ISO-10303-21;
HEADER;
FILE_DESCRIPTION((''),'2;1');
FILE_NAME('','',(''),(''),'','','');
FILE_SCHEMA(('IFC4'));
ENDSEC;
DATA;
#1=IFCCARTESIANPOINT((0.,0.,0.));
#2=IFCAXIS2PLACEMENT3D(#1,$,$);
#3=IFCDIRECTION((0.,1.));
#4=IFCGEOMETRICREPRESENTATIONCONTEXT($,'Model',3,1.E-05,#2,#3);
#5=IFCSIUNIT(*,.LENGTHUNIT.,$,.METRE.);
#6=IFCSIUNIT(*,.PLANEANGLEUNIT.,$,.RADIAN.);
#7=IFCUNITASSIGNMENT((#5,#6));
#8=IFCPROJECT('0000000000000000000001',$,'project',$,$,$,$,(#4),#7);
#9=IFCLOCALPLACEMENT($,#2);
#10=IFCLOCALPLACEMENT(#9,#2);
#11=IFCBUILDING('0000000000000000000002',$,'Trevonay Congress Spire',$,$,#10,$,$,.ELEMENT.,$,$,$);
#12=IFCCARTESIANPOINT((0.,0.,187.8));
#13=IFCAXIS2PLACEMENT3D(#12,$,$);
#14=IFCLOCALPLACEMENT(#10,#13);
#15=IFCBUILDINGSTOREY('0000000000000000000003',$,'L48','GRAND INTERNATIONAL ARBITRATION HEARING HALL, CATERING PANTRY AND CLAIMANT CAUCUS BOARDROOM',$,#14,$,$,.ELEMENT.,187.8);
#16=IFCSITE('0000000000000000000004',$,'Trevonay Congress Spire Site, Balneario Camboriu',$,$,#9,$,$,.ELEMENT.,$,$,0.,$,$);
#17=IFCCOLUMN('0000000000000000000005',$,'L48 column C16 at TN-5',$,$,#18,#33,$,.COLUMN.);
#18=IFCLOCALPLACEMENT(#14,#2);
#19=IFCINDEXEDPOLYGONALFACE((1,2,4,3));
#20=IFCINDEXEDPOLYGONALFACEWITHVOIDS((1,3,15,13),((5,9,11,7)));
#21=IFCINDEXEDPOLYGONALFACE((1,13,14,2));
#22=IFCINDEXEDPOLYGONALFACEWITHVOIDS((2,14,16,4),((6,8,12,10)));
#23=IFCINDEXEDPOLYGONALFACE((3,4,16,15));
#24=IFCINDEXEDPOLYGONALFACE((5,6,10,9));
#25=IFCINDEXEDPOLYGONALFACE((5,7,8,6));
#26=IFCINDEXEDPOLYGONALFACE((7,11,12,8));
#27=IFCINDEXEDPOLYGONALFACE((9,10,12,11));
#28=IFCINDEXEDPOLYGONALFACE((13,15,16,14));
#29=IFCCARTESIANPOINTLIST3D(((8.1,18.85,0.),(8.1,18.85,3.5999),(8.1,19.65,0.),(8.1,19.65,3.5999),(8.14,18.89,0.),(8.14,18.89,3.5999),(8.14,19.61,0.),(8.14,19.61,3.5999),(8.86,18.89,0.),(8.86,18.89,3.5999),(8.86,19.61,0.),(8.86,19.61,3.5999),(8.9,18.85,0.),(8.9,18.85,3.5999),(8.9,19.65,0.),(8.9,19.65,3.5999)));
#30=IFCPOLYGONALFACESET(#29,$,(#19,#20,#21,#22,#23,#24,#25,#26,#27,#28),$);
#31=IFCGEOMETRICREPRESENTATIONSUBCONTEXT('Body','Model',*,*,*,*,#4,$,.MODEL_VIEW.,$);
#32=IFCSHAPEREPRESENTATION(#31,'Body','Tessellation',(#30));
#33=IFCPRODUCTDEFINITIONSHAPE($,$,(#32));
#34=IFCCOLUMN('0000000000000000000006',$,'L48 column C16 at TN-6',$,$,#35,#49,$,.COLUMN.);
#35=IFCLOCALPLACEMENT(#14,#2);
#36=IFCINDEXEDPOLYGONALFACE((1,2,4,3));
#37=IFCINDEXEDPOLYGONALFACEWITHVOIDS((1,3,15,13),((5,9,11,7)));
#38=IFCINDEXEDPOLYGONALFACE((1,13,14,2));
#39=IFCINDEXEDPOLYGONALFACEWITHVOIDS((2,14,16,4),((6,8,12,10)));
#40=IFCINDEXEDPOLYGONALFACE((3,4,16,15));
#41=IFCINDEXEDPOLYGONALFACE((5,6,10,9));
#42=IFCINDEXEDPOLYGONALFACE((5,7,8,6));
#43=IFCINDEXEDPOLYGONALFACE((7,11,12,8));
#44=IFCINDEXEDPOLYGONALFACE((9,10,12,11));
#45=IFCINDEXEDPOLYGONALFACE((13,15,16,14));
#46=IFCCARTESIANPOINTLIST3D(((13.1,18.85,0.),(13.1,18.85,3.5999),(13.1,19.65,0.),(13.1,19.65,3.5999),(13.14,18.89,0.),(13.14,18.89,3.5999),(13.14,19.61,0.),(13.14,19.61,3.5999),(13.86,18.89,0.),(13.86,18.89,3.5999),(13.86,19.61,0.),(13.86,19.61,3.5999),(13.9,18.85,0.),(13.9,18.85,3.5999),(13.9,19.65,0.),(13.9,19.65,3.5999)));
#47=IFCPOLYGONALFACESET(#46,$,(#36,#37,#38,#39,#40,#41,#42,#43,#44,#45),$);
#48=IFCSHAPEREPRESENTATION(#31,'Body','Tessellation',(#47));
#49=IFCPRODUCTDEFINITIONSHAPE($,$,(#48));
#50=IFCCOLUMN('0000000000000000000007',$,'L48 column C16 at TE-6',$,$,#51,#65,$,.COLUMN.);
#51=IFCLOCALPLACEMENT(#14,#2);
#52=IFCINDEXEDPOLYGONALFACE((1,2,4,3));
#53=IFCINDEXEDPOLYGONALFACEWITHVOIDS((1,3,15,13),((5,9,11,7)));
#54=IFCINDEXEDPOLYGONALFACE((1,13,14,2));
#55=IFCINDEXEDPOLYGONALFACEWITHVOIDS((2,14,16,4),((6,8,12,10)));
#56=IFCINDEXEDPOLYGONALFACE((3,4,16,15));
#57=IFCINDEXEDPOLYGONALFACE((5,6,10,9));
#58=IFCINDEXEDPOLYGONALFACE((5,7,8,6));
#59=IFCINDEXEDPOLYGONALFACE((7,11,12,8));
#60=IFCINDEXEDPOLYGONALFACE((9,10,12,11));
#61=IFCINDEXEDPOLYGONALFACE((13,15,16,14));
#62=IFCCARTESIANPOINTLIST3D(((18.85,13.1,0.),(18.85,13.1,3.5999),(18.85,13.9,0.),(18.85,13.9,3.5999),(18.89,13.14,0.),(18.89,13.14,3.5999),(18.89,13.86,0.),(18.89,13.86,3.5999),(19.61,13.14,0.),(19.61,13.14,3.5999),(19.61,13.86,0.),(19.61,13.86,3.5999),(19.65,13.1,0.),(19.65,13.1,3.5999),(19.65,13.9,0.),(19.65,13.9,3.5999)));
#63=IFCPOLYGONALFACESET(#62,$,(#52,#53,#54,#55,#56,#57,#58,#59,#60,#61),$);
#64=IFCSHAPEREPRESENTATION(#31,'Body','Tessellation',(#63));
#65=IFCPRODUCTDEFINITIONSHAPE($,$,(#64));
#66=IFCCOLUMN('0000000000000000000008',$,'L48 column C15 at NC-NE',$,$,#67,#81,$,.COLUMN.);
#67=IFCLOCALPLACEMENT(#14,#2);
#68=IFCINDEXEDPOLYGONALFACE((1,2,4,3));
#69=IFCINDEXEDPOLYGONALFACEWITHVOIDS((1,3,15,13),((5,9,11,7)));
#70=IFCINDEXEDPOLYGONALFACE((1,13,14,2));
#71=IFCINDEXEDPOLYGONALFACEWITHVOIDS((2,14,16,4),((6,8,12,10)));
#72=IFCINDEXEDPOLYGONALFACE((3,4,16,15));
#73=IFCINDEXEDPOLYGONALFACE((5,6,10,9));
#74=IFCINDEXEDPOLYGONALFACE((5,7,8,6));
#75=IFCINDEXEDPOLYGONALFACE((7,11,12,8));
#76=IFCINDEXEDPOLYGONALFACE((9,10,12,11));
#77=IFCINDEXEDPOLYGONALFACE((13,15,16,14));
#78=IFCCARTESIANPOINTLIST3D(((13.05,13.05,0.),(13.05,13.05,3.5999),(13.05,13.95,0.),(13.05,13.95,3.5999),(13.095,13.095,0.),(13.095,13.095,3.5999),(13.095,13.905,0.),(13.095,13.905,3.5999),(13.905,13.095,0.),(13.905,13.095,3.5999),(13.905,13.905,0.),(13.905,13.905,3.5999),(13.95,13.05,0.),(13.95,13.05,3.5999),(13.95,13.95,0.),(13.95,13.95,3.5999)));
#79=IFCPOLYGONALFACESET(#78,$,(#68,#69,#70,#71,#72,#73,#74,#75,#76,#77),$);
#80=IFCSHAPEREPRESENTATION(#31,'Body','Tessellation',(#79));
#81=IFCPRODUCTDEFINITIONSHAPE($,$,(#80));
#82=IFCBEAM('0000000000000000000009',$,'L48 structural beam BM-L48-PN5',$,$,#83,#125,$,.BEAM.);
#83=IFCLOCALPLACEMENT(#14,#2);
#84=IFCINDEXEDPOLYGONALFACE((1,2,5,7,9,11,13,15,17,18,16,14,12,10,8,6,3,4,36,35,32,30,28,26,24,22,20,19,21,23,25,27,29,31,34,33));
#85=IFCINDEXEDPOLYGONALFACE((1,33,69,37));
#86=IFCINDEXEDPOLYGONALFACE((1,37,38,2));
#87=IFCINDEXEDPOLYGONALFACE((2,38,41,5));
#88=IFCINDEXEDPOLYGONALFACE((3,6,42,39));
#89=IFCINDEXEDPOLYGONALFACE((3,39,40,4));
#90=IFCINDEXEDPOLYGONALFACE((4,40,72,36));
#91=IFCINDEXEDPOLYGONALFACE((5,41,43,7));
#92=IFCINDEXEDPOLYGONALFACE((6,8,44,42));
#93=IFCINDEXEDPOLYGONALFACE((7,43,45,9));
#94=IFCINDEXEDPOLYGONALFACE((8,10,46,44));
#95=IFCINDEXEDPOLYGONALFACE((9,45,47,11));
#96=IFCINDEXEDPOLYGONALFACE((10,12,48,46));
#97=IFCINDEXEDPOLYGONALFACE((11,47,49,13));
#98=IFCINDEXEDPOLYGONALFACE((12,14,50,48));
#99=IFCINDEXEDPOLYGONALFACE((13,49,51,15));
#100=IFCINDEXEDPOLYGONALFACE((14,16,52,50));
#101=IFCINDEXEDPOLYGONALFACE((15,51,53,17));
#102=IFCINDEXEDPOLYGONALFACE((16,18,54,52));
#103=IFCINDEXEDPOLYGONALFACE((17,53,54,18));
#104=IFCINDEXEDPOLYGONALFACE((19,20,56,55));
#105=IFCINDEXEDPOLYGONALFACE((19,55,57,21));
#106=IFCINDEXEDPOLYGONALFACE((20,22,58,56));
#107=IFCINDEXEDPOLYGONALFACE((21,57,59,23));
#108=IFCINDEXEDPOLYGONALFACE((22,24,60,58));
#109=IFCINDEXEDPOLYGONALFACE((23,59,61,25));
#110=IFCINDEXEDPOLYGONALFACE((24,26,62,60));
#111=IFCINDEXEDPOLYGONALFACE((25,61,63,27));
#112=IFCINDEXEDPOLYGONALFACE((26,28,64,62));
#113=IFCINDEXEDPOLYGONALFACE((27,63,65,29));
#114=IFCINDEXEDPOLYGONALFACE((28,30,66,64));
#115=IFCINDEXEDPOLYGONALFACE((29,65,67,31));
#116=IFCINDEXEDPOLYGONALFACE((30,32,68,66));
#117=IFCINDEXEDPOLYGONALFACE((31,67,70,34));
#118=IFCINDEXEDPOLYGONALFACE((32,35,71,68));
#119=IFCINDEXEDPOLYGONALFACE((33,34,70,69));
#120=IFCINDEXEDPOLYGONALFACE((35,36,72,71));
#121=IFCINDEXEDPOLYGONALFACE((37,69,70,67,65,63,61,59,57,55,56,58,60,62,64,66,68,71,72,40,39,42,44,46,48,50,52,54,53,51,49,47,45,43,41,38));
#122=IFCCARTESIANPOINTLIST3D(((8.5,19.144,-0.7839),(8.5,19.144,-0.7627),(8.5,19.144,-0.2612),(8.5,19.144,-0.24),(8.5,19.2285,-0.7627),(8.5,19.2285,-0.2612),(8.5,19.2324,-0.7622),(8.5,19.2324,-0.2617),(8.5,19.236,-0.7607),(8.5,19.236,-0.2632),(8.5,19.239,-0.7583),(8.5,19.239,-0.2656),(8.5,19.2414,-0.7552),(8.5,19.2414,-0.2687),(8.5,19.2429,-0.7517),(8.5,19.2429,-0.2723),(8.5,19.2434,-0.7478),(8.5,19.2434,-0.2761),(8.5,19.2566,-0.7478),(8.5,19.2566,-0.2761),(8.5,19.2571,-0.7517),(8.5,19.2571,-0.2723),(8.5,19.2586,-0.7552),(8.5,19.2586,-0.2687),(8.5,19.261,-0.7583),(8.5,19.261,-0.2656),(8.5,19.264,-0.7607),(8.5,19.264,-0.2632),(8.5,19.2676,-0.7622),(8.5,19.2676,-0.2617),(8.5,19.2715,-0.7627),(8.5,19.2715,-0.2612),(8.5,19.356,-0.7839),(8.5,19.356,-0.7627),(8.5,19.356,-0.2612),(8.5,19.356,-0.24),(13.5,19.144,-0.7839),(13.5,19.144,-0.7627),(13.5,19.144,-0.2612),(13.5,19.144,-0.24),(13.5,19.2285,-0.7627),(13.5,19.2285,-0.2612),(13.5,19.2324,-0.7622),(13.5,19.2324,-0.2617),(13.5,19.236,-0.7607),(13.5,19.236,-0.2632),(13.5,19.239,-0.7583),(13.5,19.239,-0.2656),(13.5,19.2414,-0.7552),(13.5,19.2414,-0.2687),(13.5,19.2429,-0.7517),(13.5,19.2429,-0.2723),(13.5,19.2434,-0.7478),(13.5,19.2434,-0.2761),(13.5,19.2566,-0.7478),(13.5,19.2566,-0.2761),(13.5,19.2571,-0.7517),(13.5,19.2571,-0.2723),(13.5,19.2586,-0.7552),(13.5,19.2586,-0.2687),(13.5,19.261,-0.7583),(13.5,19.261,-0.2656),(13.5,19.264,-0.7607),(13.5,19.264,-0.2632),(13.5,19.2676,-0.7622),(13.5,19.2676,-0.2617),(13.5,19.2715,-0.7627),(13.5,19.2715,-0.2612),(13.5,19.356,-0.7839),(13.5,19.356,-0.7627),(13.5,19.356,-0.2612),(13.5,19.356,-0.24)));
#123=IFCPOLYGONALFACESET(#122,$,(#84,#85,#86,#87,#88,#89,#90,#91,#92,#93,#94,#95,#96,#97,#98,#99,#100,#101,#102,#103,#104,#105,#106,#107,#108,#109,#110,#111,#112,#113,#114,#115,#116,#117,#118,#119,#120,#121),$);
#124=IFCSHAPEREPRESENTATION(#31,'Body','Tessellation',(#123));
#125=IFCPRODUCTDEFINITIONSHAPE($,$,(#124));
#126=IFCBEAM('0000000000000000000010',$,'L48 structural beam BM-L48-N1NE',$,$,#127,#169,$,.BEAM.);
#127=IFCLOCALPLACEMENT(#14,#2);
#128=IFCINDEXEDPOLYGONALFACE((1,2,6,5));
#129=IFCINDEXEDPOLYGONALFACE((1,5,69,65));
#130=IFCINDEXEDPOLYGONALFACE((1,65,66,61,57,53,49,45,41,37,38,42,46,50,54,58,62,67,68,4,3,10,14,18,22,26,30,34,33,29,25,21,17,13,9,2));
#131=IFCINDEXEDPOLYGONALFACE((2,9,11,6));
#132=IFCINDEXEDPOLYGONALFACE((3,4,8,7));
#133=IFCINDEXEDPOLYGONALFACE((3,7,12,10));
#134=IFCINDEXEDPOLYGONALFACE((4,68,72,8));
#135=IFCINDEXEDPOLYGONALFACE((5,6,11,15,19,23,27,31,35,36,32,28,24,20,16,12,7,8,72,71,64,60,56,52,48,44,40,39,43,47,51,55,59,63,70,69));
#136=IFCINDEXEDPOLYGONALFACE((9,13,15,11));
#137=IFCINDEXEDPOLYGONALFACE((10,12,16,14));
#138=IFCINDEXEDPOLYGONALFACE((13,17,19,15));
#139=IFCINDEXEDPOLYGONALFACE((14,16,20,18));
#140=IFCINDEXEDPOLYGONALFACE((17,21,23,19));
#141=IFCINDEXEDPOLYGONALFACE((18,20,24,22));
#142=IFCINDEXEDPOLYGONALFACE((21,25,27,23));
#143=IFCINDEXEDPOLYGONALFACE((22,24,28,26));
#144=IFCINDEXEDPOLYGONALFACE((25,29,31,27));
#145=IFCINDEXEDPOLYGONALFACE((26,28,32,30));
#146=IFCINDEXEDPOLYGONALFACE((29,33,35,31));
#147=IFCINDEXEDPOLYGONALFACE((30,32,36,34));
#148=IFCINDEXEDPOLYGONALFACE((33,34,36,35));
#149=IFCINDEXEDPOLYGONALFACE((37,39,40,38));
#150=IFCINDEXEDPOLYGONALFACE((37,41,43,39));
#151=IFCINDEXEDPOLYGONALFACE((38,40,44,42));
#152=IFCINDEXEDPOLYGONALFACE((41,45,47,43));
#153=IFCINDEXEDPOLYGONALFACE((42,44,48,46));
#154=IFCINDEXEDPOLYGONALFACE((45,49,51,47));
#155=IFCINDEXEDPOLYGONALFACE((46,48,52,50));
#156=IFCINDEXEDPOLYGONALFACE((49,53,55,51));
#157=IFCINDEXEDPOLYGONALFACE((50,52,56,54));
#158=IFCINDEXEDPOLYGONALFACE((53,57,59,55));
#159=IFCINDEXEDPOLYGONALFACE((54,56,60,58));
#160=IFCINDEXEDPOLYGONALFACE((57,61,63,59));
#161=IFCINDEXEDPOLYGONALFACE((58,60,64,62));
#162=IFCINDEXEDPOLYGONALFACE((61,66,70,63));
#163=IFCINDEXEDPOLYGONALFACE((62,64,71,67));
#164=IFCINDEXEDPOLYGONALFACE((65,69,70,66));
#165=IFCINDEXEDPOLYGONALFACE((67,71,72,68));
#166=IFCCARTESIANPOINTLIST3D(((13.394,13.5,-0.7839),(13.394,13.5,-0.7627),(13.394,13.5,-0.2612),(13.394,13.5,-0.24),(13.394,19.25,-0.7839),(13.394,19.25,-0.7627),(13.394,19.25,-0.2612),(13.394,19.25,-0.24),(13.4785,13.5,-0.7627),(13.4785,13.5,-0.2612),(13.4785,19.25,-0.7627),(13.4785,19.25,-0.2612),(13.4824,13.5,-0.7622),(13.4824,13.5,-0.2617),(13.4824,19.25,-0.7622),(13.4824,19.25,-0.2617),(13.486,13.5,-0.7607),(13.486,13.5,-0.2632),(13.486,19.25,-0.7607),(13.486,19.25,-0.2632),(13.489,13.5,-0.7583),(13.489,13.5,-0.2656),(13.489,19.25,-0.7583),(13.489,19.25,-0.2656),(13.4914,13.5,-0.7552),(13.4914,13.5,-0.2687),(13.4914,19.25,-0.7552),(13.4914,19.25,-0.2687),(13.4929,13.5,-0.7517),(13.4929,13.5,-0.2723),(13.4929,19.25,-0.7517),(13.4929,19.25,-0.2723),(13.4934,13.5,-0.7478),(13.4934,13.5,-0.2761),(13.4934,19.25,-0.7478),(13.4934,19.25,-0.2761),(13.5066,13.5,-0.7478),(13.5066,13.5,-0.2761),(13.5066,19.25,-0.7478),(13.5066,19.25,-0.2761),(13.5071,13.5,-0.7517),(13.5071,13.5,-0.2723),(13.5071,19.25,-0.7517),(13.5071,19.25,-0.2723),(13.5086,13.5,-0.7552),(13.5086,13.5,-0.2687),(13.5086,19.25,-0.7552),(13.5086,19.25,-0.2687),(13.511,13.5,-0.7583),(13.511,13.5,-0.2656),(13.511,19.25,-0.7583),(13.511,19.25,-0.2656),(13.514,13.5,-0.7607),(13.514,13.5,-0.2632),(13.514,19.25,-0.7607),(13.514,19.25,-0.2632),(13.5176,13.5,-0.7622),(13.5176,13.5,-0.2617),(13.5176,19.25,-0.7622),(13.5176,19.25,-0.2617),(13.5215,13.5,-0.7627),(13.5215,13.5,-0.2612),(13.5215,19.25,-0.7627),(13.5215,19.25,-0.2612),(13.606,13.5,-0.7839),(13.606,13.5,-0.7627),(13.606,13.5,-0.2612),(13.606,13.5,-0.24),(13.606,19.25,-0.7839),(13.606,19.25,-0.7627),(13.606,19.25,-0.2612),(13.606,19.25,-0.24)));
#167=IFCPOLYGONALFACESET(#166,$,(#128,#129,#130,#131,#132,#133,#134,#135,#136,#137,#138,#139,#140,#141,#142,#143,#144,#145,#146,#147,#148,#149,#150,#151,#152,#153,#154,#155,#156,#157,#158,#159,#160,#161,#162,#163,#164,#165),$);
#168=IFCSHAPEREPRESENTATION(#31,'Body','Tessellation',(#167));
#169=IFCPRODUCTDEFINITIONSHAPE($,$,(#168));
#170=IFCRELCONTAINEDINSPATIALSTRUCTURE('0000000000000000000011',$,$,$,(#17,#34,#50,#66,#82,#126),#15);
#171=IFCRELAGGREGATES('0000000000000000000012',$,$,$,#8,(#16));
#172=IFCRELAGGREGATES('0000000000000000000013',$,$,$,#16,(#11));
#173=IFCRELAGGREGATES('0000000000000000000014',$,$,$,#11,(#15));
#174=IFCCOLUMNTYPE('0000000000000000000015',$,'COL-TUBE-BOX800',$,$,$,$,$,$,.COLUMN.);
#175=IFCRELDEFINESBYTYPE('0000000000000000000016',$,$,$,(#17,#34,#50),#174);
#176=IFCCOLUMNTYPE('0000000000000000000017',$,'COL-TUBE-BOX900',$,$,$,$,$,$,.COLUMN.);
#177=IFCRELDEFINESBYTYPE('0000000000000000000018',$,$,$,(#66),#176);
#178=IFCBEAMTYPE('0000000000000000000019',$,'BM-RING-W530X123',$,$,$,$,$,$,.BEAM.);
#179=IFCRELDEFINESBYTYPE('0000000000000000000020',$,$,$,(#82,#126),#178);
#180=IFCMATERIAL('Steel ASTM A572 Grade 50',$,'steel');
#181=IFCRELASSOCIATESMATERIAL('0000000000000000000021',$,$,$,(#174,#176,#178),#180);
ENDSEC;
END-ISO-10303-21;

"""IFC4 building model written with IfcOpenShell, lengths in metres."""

from ifc_helpers import new_model, si_unit, direction, frame, origin, origin_2d, place, context, subcontext, project, spatial, hollow_rectangle, i_section, extrude, material, material_profile, profile_set, type_object, element, save


model = new_model("IFC4")

# Units and contexts
model_context = context("Model", 3, precision=1e-05, world=origin(), true_north=direction((0.0, 1.0)))
body_context = subcontext(model_context, "Body", "Model", "MODEL_VIEW")
ifc_project = project(units=[si_unit("LENGTHUNIT", "METRE"), si_unit("PLANEANGLEUNIT", "RADIAN")], contexts=[model_context])

# Site, building, storey
site_placement = place(None, origin())
site = spatial("IfcSite", under=ifc_project, at=site_placement, Name="Trevonay Congress Spire Site, Balneario Camboriu", CompositionType="ELEMENT", RefElevation=0.0)
building_placement = place(site_placement, origin())
building = spatial("IfcBuilding", under=site, at=building_placement, Name="Trevonay Congress Spire", CompositionType="ELEMENT")
storey_placement = place(building_placement, frame((0.0, 0.0, 187.8)))
storey = spatial("IfcBuildingStorey", under=building, at=storey_placement, Name="L48", Description="GRAND INTERNATIONAL ARBITRATION HEARING HALL, CATERING PANTRY AND CLAIMANT CAUCUS BOARDROOM", CompositionType="ELEMENT", Elevation=187.8)

# Columns
ifc_material_1 = material(Name="Steel ASTM A572 Grade 50", Category="steel")
ifc_material_profile_1 = material_profile(ifc_material_1, hollow_rectangle(XDim=0.8, YDim=0.8, WallThickness=0.04, at=origin_2d()), Name="BOX 800x800x40")
ifc_profile_set_1 = profile_set([ifc_material_profile_1], Name="Steel ASTM A572 Grade 50")
column_type_1 = type_object("IfcColumnType", Name="COL-TUBE-BOX800", PredefinedType="COLUMN", material=ifc_profile_set_1)
for number, where, z_axis, x_axis, name in (
    (1, (8.5, 19.25, 0.0), (0.0, 0.0, 1.0), (1.0, 0.0, 0.0), "L48 column C16 at TN-5"),
    (2, (13.5, 19.25, 0.0), (0.0, 0.0, 1.0), (1.0, 0.0, 0.0), "L48 column C16 at TN-6"),
    (3, (19.25, 13.5, 0.0), (0.0, 0.0, 1.0), (1.0, 0.0, 0.0), "L48 column C16 at TE-6"),
):
    element("IfcColumn", number, at=place(storey_placement, frame(where, z_axis=z_axis, x_axis=x_axis)), inside=storey, type_object=column_type_1, Name=name, PredefinedType="COLUMN", context=body_context, shape_type="SweptSolid", body=[
        extrude(hollow_rectangle(XDim=0.8, YDim=0.8, WallThickness=0.04, at=origin_2d()), origin(), (0.0, 0.0, 1.0), 3.5999),
    ])
ifc_material_profile_2 = material_profile(ifc_material_1, hollow_rectangle(XDim=0.8999, YDim=0.8999, WallThickness=0.0449, at=origin_2d()), Name="BOX 900x900x45")
ifc_profile_set_2 = profile_set([ifc_material_profile_2], Name="Steel ASTM A572 Grade 50")
column_type_2 = type_object("IfcColumnType", Name="COL-TUBE-BOX900", PredefinedType="COLUMN", material=ifc_profile_set_2)
column_placement = place(storey_placement, frame((13.5, 13.5, 0.0), z_axis=(0.0, 0.0, 1.0), x_axis=(1.0, 0.0, 0.0)))
element("IfcColumn", 4, at=column_placement, inside=storey, type_object=column_type_2, Name="L48 column C15 at NC-NE", PredefinedType="COLUMN", context=body_context, shape_type="SweptSolid", body=[
    extrude(hollow_rectangle(XDim=0.8999, YDim=0.8999, WallThickness=0.0449, at=origin_2d()), origin(), (0.0, 0.0, 1.0), 3.5999),
])

# Beams
ifc_material_profile_3 = material_profile(ifc_material_1, i_section(OverallWidth=0.2119, OverallDepth=0.5439, WebThickness=0.0132, FlangeThickness=0.0212, FilletRadius=0.0149, at=origin_2d()), Name="W530x123")
ifc_profile_set_3 = profile_set([ifc_material_profile_3], Name="Steel ASTM A572 Grade 50")
beam_type = type_object("IfcBeamType", Name="BM-RING-W530X123", PredefinedType="BEAM", material=ifc_profile_set_3)
beam_placement = place(storey_placement, frame((8.5, 19.25, -0.512), z_axis=(1.0, 0.0, 0.0), x_axis=(0.0, 1.0, 0.0)))
element("IfcBeam", 5, at=beam_placement, inside=storey, type_object=beam_type, Name="L48 structural beam BM-L48-PN5", PredefinedType="BEAM", context=body_context, shape_type="SweptSolid", body=[
    extrude(i_section(OverallWidth=0.2119, OverallDepth=0.5439, WebThickness=0.0132, FlangeThickness=0.0212, FilletRadius=0.0149, at=origin_2d()), origin(), (0.0, 0.0, 1.0), 5.0),
])
for number, where, z_axis, x_axis, name in (
    (6, (13.5, 19.25, -0.512), (0.0, -1.0, 0.0), (1.0, 0.0, 0.0), "L48 structural beam BM-L48-N1NE"),
):
    element("IfcBeam", number, at=place(storey_placement, frame(where, z_axis=z_axis, x_axis=x_axis)), inside=storey, type_object=beam_type, Name=name, PredefinedType="BEAM", context=body_context, shape_type="SweptSolid", body=[
        extrude(i_section(OverallWidth=0.2119, OverallDepth=0.5439, WebThickness=0.0132, FlangeThickness=0.0212, FilletRadius=0.0149, at=origin_2d()), origin(), (0.0, 0.0, 1.0), 5.75),
    ])

save(model, "model.ifc")
